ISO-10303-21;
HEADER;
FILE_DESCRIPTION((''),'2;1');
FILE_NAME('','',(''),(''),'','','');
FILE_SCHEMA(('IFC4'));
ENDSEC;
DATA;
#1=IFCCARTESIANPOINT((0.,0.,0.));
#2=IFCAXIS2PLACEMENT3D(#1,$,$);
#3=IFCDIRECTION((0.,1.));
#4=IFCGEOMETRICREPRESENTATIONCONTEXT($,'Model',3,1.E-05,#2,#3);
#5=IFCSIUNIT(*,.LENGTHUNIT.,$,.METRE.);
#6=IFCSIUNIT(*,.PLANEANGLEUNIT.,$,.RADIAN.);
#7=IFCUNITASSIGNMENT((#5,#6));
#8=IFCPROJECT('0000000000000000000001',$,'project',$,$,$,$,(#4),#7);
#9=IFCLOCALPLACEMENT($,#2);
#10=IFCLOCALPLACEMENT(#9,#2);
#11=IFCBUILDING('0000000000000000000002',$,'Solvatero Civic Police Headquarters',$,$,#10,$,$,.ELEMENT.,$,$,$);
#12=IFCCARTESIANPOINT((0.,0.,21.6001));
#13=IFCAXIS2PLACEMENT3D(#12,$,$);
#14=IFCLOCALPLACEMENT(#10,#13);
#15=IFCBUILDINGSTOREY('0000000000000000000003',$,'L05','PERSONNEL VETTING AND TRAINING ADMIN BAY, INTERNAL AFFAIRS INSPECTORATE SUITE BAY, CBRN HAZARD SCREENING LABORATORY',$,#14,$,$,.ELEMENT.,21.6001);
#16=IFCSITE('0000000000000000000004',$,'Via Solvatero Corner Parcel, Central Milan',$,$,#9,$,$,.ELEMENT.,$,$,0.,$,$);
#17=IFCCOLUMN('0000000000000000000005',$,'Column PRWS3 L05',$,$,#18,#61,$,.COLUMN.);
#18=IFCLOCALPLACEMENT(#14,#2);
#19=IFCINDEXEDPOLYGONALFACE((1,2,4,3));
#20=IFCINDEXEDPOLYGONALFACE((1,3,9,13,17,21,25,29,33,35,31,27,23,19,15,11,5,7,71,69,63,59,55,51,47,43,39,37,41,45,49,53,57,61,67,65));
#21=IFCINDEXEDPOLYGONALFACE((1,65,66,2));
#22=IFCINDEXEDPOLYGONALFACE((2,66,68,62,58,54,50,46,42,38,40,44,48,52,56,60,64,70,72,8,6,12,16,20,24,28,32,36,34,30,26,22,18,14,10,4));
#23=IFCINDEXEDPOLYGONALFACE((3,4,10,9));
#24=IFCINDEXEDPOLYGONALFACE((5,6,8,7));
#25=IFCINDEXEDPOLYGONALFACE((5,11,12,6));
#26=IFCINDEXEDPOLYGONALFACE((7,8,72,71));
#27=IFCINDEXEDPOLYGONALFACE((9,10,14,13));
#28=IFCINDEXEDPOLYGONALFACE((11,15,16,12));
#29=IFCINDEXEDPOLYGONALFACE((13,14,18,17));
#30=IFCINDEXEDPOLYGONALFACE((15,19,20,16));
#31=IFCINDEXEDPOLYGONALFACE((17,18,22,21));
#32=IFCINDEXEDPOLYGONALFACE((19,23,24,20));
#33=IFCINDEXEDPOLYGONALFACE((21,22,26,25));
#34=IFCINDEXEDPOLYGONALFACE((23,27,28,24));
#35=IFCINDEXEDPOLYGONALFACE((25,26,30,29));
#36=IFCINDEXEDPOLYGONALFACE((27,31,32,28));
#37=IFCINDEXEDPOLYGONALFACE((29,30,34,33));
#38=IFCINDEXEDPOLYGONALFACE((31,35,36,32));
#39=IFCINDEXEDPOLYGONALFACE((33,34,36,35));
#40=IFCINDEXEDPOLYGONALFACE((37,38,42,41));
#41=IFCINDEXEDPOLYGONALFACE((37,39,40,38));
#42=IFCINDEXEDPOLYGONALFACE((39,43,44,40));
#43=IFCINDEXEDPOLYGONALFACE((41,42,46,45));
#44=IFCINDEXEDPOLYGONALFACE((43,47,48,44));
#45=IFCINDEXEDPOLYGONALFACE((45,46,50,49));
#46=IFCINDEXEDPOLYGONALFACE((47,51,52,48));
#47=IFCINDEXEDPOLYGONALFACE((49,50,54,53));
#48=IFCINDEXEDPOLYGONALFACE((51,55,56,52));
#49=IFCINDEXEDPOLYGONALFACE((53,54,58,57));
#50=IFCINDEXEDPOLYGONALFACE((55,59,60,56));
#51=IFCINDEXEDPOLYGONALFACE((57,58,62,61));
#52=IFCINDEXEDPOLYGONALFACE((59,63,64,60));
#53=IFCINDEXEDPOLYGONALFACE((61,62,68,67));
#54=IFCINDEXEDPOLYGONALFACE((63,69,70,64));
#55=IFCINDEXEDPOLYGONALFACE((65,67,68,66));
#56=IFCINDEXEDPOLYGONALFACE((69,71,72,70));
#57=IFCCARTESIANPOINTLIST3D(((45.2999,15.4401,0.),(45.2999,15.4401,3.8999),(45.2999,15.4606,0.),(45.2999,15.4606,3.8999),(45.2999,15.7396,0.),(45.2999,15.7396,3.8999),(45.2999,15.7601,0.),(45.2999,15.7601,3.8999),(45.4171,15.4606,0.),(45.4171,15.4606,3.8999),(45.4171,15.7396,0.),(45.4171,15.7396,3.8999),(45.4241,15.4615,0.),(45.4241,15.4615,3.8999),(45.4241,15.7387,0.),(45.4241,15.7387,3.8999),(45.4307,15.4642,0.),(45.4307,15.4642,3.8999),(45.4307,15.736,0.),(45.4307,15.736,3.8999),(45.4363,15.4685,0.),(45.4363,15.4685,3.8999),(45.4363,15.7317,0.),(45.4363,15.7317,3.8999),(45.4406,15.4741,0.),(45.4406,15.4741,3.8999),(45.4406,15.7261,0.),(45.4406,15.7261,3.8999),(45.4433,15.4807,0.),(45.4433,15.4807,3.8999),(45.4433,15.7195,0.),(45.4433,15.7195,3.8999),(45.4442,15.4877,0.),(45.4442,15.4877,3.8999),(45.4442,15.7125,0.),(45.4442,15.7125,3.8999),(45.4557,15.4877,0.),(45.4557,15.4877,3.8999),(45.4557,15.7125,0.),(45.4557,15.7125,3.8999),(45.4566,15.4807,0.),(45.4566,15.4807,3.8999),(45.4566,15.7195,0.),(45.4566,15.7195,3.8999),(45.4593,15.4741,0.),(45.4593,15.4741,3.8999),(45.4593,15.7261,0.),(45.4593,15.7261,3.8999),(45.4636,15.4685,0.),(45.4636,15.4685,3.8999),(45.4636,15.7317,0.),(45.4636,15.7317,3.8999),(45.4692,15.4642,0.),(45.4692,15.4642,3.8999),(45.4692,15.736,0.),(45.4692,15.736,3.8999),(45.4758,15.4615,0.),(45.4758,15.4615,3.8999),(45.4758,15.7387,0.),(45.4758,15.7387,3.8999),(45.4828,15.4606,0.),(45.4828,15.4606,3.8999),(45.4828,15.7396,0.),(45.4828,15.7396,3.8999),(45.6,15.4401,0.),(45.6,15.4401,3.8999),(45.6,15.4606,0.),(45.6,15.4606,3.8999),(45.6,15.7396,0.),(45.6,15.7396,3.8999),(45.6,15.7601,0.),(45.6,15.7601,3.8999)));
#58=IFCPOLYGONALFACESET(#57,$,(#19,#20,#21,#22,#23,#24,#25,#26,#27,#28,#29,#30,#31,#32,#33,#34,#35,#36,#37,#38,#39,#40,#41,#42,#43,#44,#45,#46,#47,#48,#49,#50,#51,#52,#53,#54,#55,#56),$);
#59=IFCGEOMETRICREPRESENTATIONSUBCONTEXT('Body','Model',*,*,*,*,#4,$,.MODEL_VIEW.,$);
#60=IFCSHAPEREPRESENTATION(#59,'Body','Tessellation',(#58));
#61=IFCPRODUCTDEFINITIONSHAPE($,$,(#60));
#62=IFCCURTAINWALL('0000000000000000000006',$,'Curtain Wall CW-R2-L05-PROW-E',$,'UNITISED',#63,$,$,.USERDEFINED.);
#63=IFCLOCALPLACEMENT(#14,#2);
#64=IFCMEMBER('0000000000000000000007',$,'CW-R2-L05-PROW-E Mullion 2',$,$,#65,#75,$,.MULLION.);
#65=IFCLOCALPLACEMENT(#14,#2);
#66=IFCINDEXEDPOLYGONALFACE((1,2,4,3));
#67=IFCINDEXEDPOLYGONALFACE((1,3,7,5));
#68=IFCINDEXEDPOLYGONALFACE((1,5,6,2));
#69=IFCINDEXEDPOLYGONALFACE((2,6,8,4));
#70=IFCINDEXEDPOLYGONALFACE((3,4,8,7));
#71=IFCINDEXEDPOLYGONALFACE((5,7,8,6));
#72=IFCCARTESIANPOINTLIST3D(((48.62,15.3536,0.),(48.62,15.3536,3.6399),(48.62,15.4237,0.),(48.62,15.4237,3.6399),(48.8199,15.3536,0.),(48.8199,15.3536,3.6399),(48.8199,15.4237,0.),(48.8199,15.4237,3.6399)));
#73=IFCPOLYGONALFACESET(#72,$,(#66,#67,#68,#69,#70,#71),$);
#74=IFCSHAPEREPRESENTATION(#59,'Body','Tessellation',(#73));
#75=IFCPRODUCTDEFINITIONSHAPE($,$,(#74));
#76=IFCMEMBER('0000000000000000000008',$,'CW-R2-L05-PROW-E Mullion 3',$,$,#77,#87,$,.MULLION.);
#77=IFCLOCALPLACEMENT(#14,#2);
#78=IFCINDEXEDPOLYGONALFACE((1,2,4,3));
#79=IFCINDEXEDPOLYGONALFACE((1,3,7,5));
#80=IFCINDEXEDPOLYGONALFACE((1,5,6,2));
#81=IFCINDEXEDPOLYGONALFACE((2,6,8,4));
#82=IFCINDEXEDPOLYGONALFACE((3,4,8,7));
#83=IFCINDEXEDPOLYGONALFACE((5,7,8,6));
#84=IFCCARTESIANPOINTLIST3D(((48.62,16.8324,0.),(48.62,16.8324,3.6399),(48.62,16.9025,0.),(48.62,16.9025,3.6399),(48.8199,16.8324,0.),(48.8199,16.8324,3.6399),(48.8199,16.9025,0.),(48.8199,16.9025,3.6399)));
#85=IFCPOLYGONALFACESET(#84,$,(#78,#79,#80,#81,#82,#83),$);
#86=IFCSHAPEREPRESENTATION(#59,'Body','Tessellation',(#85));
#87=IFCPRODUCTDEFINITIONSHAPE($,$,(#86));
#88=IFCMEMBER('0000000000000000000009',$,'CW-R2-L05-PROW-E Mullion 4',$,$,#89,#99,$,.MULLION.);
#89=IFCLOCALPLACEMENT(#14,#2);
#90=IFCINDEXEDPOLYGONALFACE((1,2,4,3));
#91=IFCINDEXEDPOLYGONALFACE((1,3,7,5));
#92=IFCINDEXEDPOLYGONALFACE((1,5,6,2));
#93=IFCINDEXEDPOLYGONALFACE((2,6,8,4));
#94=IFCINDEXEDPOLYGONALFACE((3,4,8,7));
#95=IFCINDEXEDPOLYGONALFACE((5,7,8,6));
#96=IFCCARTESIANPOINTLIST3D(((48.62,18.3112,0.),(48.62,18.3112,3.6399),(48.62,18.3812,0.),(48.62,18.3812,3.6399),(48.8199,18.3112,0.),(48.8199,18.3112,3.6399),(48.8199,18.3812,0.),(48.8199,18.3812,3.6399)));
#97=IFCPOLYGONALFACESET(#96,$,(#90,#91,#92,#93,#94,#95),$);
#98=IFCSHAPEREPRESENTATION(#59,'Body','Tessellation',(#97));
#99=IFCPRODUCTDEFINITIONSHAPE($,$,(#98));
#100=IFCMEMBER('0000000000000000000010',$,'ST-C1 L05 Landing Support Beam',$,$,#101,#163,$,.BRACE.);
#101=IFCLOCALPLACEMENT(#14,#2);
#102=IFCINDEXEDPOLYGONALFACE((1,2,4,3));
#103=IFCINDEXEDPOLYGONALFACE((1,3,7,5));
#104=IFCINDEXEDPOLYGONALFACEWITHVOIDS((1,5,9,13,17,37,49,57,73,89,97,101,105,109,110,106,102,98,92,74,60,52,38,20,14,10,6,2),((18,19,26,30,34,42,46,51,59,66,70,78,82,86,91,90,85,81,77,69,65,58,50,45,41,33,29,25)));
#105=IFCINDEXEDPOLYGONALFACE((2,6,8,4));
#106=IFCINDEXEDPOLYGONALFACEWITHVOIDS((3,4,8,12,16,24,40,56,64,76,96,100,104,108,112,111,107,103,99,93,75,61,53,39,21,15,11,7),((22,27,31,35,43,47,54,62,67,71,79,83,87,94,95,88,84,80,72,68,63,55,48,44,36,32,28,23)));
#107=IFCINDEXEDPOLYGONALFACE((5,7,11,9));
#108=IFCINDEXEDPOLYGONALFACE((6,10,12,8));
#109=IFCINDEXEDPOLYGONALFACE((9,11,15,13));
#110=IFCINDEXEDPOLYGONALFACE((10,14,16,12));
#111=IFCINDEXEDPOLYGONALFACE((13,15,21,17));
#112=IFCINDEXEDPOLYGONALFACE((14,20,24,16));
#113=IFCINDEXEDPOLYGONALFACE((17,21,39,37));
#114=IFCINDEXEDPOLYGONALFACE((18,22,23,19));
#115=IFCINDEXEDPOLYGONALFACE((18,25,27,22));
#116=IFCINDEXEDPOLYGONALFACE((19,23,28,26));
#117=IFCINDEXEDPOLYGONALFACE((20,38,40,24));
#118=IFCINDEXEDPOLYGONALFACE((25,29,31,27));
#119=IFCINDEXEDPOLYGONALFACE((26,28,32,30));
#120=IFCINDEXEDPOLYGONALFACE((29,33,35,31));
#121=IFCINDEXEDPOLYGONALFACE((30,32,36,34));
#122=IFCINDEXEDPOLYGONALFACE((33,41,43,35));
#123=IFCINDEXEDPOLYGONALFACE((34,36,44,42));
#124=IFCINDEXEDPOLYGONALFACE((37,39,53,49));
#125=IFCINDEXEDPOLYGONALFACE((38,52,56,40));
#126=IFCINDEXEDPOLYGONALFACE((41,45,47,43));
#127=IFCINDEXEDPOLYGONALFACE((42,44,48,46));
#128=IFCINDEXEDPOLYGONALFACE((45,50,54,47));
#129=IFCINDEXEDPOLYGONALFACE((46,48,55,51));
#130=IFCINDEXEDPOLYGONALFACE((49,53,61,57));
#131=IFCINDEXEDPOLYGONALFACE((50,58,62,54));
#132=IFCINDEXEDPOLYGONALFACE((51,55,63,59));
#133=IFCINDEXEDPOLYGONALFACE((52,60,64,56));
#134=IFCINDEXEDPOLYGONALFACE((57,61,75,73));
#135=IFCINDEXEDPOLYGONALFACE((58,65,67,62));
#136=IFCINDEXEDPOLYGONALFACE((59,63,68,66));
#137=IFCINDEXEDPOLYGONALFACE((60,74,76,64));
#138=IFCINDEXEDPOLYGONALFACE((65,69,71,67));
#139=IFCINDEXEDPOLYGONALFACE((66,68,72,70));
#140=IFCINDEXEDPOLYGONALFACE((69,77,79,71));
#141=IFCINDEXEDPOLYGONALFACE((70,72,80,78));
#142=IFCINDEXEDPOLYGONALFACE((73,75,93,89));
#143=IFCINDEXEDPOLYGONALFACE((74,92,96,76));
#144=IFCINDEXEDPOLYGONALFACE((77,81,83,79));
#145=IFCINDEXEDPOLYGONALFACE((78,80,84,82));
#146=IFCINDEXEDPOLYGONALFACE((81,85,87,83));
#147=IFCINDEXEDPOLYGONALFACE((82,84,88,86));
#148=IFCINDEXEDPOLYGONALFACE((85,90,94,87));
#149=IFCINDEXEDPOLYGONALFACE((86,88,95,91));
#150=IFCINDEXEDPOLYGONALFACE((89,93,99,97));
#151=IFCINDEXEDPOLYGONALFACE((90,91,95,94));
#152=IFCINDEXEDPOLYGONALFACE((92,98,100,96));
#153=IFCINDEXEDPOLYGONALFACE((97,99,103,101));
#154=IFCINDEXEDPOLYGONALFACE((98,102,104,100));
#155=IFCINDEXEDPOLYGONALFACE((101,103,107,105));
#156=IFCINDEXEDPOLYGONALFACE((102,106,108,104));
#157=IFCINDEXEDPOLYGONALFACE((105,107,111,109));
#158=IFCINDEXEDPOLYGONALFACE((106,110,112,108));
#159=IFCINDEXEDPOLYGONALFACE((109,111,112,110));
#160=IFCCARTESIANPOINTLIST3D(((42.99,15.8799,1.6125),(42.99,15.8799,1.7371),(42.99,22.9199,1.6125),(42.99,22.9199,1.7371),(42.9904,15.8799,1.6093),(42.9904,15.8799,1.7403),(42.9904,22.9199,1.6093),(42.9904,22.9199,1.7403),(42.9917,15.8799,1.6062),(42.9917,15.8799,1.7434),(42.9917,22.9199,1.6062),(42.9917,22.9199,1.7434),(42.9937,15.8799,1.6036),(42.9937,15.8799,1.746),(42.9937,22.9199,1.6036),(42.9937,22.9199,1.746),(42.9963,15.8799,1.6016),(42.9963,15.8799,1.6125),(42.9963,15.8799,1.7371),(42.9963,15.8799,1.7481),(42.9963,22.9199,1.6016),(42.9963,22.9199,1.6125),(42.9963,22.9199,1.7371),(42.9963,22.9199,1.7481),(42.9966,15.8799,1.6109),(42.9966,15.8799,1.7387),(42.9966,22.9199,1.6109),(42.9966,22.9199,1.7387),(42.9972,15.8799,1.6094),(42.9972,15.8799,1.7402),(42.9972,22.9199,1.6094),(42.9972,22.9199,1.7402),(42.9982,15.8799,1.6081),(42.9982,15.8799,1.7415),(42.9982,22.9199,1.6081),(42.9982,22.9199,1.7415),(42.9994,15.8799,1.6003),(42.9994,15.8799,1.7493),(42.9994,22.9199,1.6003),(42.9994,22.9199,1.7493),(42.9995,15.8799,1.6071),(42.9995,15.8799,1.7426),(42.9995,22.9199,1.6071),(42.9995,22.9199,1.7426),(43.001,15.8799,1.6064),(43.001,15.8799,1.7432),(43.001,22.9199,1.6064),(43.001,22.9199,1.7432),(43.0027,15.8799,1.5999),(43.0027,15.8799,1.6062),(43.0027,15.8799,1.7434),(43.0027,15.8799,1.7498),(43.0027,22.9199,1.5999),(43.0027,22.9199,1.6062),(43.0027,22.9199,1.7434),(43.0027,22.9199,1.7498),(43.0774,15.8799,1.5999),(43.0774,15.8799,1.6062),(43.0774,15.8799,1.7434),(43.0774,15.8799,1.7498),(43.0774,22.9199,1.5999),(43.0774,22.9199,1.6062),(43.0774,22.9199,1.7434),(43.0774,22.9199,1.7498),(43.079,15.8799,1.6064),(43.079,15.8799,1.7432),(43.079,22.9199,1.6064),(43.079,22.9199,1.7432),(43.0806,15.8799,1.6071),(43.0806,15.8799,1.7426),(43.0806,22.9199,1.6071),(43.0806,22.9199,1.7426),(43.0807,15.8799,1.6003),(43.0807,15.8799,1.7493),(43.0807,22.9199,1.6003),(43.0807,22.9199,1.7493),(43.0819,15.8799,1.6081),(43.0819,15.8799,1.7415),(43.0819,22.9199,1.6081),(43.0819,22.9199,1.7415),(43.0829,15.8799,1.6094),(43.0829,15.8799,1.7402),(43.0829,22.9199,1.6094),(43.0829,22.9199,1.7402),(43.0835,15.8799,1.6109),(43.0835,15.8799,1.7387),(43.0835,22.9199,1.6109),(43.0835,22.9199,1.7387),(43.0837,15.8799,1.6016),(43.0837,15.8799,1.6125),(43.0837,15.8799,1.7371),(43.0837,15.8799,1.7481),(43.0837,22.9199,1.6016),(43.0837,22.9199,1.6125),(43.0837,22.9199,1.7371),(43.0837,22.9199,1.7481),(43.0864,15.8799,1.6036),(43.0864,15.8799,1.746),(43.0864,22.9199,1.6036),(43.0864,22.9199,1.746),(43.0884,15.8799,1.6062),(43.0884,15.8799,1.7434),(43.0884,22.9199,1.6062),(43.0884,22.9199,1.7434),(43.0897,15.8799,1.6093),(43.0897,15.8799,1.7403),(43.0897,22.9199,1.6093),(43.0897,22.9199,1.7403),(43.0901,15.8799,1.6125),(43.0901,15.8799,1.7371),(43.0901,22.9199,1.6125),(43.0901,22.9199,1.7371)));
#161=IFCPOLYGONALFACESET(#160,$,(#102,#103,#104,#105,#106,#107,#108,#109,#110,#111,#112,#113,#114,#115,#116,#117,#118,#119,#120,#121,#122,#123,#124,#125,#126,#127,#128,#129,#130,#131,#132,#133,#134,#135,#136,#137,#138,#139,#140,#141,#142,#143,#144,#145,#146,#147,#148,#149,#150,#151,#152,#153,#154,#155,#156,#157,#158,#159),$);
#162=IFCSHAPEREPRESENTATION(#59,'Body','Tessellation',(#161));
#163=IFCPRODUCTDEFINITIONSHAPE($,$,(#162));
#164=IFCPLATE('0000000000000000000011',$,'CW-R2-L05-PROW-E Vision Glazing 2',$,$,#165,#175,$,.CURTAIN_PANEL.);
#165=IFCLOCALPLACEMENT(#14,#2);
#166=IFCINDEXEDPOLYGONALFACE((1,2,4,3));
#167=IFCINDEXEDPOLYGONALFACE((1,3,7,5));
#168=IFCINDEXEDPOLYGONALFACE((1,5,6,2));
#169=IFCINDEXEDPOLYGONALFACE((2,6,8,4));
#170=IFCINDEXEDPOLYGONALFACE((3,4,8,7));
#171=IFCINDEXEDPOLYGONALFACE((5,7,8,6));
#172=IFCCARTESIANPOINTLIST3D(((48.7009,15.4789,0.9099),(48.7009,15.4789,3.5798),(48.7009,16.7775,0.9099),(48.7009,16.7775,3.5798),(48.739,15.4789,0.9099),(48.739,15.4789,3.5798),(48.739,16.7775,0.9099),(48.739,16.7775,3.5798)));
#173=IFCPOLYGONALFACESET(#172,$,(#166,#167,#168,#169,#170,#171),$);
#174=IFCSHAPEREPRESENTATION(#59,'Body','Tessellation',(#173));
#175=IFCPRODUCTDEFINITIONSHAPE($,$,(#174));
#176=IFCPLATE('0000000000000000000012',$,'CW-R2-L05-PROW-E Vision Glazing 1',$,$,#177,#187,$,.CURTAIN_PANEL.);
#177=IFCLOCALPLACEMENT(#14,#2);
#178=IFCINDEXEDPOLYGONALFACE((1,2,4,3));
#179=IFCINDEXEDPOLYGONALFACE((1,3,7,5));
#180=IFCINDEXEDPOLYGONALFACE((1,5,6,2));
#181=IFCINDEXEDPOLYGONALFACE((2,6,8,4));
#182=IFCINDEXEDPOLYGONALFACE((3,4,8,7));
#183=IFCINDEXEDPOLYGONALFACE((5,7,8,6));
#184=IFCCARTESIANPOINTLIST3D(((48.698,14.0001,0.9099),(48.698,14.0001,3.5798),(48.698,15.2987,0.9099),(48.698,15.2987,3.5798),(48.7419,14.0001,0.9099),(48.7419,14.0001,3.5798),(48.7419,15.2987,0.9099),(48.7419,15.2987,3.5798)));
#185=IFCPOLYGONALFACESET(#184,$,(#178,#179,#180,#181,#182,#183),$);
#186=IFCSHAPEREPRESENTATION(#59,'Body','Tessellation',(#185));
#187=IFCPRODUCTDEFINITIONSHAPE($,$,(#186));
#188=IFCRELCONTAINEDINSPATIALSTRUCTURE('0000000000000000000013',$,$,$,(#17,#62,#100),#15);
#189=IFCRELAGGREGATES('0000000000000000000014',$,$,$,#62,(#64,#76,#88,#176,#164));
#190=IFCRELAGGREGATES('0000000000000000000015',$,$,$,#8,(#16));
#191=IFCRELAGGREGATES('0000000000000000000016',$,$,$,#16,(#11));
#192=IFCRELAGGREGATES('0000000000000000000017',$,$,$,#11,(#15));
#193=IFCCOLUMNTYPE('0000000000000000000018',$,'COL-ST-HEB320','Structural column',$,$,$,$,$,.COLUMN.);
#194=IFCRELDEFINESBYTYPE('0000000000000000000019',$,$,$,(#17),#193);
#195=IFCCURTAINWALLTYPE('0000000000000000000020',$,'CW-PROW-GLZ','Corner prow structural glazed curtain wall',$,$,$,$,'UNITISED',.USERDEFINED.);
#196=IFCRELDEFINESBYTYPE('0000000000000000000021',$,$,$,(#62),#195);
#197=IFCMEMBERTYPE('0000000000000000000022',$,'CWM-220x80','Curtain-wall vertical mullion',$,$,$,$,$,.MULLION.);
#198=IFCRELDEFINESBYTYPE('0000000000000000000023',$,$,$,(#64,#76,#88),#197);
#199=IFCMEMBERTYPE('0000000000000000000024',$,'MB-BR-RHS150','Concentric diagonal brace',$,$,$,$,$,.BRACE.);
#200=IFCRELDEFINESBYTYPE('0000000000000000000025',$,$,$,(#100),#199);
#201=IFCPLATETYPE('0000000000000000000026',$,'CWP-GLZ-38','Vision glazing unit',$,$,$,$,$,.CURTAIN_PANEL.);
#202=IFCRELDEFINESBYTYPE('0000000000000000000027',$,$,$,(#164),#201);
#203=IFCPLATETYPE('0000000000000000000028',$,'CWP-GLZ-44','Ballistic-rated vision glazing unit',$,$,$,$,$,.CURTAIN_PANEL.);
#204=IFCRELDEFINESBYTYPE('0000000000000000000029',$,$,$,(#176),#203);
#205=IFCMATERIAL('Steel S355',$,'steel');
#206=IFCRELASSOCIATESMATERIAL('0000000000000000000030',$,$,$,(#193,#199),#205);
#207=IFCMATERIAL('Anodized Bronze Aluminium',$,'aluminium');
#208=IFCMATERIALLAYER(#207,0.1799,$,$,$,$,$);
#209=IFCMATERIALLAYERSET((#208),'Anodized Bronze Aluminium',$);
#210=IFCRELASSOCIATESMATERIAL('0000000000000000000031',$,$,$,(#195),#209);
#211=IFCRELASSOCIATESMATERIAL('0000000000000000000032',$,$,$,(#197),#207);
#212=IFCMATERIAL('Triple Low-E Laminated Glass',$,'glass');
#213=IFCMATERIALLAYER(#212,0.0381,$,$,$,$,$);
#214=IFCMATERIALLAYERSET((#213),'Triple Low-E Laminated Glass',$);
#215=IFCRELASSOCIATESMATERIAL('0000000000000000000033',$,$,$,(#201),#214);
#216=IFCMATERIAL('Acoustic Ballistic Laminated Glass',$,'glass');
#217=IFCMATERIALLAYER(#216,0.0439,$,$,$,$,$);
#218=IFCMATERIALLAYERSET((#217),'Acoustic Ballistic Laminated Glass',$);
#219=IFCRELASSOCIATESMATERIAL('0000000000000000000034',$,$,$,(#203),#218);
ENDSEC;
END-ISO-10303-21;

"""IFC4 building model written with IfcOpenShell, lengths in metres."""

from ifc_helpers import new_model, si_unit, direction, frame, origin, origin_2d, place, context, subcontext, project, spatial, rectangle, hollow_rectangle, i_section, extrude, material, layer, layer_set, material_profile, profile_set, type_object, element, aggregate, save


model = new_model("IFC4")

# Units and contexts
model_context = context("Model", 3, precision=1e-05, world=origin(), true_north=direction((0.0, 1.0)))
body_context = subcontext(model_context, "Body", "Model", "MODEL_VIEW")
ifc_project = project(units=[si_unit("LENGTHUNIT", "METRE"), si_unit("PLANEANGLEUNIT", "RADIAN")], contexts=[model_context])

# Site, building, storey
site_placement = place(None, origin())
site = spatial("IfcSite", under=ifc_project, at=site_placement, Name="Via Solvatero Corner Parcel, Central Milan", CompositionType="ELEMENT", RefElevation=0.0)
building_placement = place(site_placement, origin())
building = spatial("IfcBuilding", under=site, at=building_placement, Name="Solvatero Civic Police Headquarters", CompositionType="ELEMENT")
storey_placement = place(building_placement, frame((0.0, 0.0, 21.6001)))
storey = spatial("IfcBuildingStorey", under=building, at=storey_placement, Name="L05", Description="PERSONNEL VETTING AND TRAINING ADMIN BAY, INTERNAL AFFAIRS INSPECTORATE SUITE BAY, CBRN HAZARD SCREENING LABORATORY", CompositionType="ELEMENT", Elevation=21.6001)

# Column
ifc_material_1 = material(Name="Steel S355", Category="steel")
ifc_material_profile_1 = material_profile(ifc_material_1, i_section(OverallWidth=0.3, OverallDepth=0.3201, WebThickness=0.0115, FlangeThickness=0.0205, FilletRadius=0.0271, at=origin_2d()), Name="HEB 320")
ifc_profile_set_1 = profile_set([ifc_material_profile_1], Name="Steel S355")
column_type = type_object("IfcColumnType", Name="COL-ST-HEB320", Description="Structural column", PredefinedType="COLUMN", material=ifc_profile_set_1)
column_placement = place(storey_placement, frame((45.45, 15.6001, 0.0), z_axis=(0.0, 0.0, 1.0), x_axis=(1.0, 0.0, 0.0)))
element("IfcColumn", 1, at=column_placement, inside=storey, type_object=column_type, Name="Column PRWS3 L05", PredefinedType="COLUMN", context=body_context, shape_type="SweptSolid", body=[
    extrude(i_section(OverallWidth=0.3, OverallDepth=0.3201, WebThickness=0.0115, FlangeThickness=0.0205, FilletRadius=0.0271, at=origin_2d()), origin(), (0.0, 0.0, 1.0), 3.8999),
])

# Curtain wall, members
ifc_material_2 = material(Name="Anodized Bronze Aluminium", Category="aluminium")
ifc_layer_1 = layer(ifc_material_2, 0.1799)
ifc_layer_set_1 = layer_set([ifc_layer_1], Name="Anodized Bronze Aluminium")
curtain_wall_type = type_object("IfcCurtainWallType", Name="CW-PROW-GLZ", Description="Corner prow structural glazed curtain wall", ElementType="UNITISED", PredefinedType="USERDEFINED", material=ifc_layer_set_1)
curtain_wall_placement = place(storey_placement, origin())
curtain_wall = element("IfcCurtainWall", 2, at=curtain_wall_placement, inside=storey, type_object=curtain_wall_type, Name="Curtain Wall CW-R2-L05-PROW-E", ObjectType="UNITISED", PredefinedType="USERDEFINED")
ifc_material_profile_2 = material_profile(ifc_material_2, rectangle(XDim=0.0701, YDim=0.2, at=origin_2d()), Name="ALU MULLION 70x200")
ifc_profile_set_2 = profile_set([ifc_material_profile_2], Name="Anodized Bronze Aluminium")
member_type_1 = type_object("IfcMemberType", Name="CWM-220x80", Description="Curtain-wall vertical mullion", PredefinedType="MULLION", material=ifc_profile_set_2)
member_1_placement = place(storey_placement, frame((48.72, 15.3887, 0.0), z_axis=(0.0, 0.0, 1.0), x_axis=(0.0, 1.0, 0.0)))
member_1 = element("IfcMember", 3, at=member_1_placement, type_object=member_type_1, Name="CW-R2-L05-PROW-E Mullion 2", PredefinedType="MULLION", context=body_context, shape_type="SweptSolid", body=[
    extrude(rectangle(XDim=0.0701, YDim=0.2, at=origin_2d()), origin(), (0.0, 0.0, 1.0), 3.6399),
])
member_2_placement = place(storey_placement, frame((48.72, 16.8674, 0.0), z_axis=(0.0, 0.0, 1.0), x_axis=(0.0, 1.0, 0.0)))
member_2 = element("IfcMember", 4, at=member_2_placement, type_object=member_type_1, Name="CW-R2-L05-PROW-E Mullion 3", PredefinedType="MULLION", context=body_context, shape_type="SweptSolid", body=[
    extrude(rectangle(XDim=0.0701, YDim=0.2, at=origin_2d()), origin(), (0.0, 0.0, 1.0), 3.6399),
])
member_3_placement = place(storey_placement, frame((48.72, 18.3462, 0.0), z_axis=(0.0, 0.0, 1.0), x_axis=(0.0, 1.0, 0.0)))
member_3 = element("IfcMember", 5, at=member_3_placement, type_object=member_type_1, Name="CW-R2-L05-PROW-E Mullion 4", PredefinedType="MULLION", context=body_context, shape_type="SweptSolid", body=[
    extrude(rectangle(XDim=0.0701, YDim=0.2, at=origin_2d()), origin(), (0.0, 0.0, 1.0), 3.6399),
])

# Member
ifc_material_profile_3 = material_profile(ifc_material_1, hollow_rectangle(XDim=0.1001, YDim=0.1499, WallThickness=0.0063, InnerFilletRadius=0.0063, OuterFilletRadius=0.0127, at=origin_2d()), Name="RHS 150x100x6.3")
ifc_profile_set_3 = profile_set([ifc_material_profile_3], Name="Steel S355")
member_type_2 = type_object("IfcMemberType", Name="MB-BR-RHS150", Description="Concentric diagonal brace", PredefinedType="BRACE", material=ifc_profile_set_3)
member_4_placement = place(storey_placement, frame((43.04, 15.8799, 1.6748), z_axis=(0.0, 1.0, 0.0), x_axis=(-1.0, 0.0, 0.0)))
element("IfcMember", 6, at=member_4_placement, inside=storey, type_object=member_type_2, Name="ST-C1 L05 Landing Support Beam", PredefinedType="BRACE", context=body_context, shape_type="SweptSolid", body=[
    extrude(hollow_rectangle(XDim=0.1001, YDim=0.1499, WallThickness=0.0063, InnerFilletRadius=0.0063, OuterFilletRadius=0.0127, at=origin_2d()), origin(), (0.0, 0.0, 1.0), 7.04),
])

# Plates
ifc_material_3 = material(Name="Triple Low-E Laminated Glass", Category="glass")
ifc_layer_2 = layer(ifc_material_3, 0.0381)
ifc_layer_set_2 = layer_set([ifc_layer_2], Name="Triple Low-E Laminated Glass")
plate_type_1 = type_object("IfcPlateType", Name="CWP-GLZ-38", Description="Vision glazing unit", PredefinedType="CURTAIN_PANEL", material=ifc_layer_set_2)
plate_1_placement = place(storey_placement, frame((48.72, 16.1282, 0.9099), z_axis=(0.0, 0.0, 1.0), x_axis=(0.0, 1.0, 0.0)))
plate_1 = element("IfcPlate", 7, at=plate_1_placement, type_object=plate_type_1, Name="CW-R2-L05-PROW-E Vision Glazing 2", PredefinedType="CURTAIN_PANEL", context=body_context, shape_type="SweptSolid", body=[
    extrude(rectangle(XDim=1.2986, YDim=0.0381, at=origin_2d()), origin(), (0.0, 0.0, 1.0), 2.6699),
])
ifc_material_4 = material(Name="Acoustic Ballistic Laminated Glass", Category="glass")
ifc_layer_3 = layer(ifc_material_4, 0.0439)
ifc_layer_set_3 = layer_set([ifc_layer_3], Name="Acoustic Ballistic Laminated Glass")
plate_type_2 = type_object("IfcPlateType", Name="CWP-GLZ-44", Description="Ballistic-rated vision glazing unit", PredefinedType="CURTAIN_PANEL", material=ifc_layer_set_3)
plate_2_placement = place(storey_placement, frame((48.72, 14.6494, 0.9099), z_axis=(0.0, 0.0, 1.0), x_axis=(0.0, 1.0, 0.0)))
plate_2 = element("IfcPlate", 8, at=plate_2_placement, type_object=plate_type_2, Name="CW-R2-L05-PROW-E Vision Glazing 1", PredefinedType="CURTAIN_PANEL", context=body_context, shape_type="SweptSolid", body=[
    extrude(rectangle(XDim=1.2986, YDim=0.0439, at=origin_2d()), origin(), (0.0, 0.0, 1.0), 2.6699),
])
aggregate(curtain_wall, [member_1, member_2, member_3, plate_2, plate_1])

save(model, "model.ifc")
